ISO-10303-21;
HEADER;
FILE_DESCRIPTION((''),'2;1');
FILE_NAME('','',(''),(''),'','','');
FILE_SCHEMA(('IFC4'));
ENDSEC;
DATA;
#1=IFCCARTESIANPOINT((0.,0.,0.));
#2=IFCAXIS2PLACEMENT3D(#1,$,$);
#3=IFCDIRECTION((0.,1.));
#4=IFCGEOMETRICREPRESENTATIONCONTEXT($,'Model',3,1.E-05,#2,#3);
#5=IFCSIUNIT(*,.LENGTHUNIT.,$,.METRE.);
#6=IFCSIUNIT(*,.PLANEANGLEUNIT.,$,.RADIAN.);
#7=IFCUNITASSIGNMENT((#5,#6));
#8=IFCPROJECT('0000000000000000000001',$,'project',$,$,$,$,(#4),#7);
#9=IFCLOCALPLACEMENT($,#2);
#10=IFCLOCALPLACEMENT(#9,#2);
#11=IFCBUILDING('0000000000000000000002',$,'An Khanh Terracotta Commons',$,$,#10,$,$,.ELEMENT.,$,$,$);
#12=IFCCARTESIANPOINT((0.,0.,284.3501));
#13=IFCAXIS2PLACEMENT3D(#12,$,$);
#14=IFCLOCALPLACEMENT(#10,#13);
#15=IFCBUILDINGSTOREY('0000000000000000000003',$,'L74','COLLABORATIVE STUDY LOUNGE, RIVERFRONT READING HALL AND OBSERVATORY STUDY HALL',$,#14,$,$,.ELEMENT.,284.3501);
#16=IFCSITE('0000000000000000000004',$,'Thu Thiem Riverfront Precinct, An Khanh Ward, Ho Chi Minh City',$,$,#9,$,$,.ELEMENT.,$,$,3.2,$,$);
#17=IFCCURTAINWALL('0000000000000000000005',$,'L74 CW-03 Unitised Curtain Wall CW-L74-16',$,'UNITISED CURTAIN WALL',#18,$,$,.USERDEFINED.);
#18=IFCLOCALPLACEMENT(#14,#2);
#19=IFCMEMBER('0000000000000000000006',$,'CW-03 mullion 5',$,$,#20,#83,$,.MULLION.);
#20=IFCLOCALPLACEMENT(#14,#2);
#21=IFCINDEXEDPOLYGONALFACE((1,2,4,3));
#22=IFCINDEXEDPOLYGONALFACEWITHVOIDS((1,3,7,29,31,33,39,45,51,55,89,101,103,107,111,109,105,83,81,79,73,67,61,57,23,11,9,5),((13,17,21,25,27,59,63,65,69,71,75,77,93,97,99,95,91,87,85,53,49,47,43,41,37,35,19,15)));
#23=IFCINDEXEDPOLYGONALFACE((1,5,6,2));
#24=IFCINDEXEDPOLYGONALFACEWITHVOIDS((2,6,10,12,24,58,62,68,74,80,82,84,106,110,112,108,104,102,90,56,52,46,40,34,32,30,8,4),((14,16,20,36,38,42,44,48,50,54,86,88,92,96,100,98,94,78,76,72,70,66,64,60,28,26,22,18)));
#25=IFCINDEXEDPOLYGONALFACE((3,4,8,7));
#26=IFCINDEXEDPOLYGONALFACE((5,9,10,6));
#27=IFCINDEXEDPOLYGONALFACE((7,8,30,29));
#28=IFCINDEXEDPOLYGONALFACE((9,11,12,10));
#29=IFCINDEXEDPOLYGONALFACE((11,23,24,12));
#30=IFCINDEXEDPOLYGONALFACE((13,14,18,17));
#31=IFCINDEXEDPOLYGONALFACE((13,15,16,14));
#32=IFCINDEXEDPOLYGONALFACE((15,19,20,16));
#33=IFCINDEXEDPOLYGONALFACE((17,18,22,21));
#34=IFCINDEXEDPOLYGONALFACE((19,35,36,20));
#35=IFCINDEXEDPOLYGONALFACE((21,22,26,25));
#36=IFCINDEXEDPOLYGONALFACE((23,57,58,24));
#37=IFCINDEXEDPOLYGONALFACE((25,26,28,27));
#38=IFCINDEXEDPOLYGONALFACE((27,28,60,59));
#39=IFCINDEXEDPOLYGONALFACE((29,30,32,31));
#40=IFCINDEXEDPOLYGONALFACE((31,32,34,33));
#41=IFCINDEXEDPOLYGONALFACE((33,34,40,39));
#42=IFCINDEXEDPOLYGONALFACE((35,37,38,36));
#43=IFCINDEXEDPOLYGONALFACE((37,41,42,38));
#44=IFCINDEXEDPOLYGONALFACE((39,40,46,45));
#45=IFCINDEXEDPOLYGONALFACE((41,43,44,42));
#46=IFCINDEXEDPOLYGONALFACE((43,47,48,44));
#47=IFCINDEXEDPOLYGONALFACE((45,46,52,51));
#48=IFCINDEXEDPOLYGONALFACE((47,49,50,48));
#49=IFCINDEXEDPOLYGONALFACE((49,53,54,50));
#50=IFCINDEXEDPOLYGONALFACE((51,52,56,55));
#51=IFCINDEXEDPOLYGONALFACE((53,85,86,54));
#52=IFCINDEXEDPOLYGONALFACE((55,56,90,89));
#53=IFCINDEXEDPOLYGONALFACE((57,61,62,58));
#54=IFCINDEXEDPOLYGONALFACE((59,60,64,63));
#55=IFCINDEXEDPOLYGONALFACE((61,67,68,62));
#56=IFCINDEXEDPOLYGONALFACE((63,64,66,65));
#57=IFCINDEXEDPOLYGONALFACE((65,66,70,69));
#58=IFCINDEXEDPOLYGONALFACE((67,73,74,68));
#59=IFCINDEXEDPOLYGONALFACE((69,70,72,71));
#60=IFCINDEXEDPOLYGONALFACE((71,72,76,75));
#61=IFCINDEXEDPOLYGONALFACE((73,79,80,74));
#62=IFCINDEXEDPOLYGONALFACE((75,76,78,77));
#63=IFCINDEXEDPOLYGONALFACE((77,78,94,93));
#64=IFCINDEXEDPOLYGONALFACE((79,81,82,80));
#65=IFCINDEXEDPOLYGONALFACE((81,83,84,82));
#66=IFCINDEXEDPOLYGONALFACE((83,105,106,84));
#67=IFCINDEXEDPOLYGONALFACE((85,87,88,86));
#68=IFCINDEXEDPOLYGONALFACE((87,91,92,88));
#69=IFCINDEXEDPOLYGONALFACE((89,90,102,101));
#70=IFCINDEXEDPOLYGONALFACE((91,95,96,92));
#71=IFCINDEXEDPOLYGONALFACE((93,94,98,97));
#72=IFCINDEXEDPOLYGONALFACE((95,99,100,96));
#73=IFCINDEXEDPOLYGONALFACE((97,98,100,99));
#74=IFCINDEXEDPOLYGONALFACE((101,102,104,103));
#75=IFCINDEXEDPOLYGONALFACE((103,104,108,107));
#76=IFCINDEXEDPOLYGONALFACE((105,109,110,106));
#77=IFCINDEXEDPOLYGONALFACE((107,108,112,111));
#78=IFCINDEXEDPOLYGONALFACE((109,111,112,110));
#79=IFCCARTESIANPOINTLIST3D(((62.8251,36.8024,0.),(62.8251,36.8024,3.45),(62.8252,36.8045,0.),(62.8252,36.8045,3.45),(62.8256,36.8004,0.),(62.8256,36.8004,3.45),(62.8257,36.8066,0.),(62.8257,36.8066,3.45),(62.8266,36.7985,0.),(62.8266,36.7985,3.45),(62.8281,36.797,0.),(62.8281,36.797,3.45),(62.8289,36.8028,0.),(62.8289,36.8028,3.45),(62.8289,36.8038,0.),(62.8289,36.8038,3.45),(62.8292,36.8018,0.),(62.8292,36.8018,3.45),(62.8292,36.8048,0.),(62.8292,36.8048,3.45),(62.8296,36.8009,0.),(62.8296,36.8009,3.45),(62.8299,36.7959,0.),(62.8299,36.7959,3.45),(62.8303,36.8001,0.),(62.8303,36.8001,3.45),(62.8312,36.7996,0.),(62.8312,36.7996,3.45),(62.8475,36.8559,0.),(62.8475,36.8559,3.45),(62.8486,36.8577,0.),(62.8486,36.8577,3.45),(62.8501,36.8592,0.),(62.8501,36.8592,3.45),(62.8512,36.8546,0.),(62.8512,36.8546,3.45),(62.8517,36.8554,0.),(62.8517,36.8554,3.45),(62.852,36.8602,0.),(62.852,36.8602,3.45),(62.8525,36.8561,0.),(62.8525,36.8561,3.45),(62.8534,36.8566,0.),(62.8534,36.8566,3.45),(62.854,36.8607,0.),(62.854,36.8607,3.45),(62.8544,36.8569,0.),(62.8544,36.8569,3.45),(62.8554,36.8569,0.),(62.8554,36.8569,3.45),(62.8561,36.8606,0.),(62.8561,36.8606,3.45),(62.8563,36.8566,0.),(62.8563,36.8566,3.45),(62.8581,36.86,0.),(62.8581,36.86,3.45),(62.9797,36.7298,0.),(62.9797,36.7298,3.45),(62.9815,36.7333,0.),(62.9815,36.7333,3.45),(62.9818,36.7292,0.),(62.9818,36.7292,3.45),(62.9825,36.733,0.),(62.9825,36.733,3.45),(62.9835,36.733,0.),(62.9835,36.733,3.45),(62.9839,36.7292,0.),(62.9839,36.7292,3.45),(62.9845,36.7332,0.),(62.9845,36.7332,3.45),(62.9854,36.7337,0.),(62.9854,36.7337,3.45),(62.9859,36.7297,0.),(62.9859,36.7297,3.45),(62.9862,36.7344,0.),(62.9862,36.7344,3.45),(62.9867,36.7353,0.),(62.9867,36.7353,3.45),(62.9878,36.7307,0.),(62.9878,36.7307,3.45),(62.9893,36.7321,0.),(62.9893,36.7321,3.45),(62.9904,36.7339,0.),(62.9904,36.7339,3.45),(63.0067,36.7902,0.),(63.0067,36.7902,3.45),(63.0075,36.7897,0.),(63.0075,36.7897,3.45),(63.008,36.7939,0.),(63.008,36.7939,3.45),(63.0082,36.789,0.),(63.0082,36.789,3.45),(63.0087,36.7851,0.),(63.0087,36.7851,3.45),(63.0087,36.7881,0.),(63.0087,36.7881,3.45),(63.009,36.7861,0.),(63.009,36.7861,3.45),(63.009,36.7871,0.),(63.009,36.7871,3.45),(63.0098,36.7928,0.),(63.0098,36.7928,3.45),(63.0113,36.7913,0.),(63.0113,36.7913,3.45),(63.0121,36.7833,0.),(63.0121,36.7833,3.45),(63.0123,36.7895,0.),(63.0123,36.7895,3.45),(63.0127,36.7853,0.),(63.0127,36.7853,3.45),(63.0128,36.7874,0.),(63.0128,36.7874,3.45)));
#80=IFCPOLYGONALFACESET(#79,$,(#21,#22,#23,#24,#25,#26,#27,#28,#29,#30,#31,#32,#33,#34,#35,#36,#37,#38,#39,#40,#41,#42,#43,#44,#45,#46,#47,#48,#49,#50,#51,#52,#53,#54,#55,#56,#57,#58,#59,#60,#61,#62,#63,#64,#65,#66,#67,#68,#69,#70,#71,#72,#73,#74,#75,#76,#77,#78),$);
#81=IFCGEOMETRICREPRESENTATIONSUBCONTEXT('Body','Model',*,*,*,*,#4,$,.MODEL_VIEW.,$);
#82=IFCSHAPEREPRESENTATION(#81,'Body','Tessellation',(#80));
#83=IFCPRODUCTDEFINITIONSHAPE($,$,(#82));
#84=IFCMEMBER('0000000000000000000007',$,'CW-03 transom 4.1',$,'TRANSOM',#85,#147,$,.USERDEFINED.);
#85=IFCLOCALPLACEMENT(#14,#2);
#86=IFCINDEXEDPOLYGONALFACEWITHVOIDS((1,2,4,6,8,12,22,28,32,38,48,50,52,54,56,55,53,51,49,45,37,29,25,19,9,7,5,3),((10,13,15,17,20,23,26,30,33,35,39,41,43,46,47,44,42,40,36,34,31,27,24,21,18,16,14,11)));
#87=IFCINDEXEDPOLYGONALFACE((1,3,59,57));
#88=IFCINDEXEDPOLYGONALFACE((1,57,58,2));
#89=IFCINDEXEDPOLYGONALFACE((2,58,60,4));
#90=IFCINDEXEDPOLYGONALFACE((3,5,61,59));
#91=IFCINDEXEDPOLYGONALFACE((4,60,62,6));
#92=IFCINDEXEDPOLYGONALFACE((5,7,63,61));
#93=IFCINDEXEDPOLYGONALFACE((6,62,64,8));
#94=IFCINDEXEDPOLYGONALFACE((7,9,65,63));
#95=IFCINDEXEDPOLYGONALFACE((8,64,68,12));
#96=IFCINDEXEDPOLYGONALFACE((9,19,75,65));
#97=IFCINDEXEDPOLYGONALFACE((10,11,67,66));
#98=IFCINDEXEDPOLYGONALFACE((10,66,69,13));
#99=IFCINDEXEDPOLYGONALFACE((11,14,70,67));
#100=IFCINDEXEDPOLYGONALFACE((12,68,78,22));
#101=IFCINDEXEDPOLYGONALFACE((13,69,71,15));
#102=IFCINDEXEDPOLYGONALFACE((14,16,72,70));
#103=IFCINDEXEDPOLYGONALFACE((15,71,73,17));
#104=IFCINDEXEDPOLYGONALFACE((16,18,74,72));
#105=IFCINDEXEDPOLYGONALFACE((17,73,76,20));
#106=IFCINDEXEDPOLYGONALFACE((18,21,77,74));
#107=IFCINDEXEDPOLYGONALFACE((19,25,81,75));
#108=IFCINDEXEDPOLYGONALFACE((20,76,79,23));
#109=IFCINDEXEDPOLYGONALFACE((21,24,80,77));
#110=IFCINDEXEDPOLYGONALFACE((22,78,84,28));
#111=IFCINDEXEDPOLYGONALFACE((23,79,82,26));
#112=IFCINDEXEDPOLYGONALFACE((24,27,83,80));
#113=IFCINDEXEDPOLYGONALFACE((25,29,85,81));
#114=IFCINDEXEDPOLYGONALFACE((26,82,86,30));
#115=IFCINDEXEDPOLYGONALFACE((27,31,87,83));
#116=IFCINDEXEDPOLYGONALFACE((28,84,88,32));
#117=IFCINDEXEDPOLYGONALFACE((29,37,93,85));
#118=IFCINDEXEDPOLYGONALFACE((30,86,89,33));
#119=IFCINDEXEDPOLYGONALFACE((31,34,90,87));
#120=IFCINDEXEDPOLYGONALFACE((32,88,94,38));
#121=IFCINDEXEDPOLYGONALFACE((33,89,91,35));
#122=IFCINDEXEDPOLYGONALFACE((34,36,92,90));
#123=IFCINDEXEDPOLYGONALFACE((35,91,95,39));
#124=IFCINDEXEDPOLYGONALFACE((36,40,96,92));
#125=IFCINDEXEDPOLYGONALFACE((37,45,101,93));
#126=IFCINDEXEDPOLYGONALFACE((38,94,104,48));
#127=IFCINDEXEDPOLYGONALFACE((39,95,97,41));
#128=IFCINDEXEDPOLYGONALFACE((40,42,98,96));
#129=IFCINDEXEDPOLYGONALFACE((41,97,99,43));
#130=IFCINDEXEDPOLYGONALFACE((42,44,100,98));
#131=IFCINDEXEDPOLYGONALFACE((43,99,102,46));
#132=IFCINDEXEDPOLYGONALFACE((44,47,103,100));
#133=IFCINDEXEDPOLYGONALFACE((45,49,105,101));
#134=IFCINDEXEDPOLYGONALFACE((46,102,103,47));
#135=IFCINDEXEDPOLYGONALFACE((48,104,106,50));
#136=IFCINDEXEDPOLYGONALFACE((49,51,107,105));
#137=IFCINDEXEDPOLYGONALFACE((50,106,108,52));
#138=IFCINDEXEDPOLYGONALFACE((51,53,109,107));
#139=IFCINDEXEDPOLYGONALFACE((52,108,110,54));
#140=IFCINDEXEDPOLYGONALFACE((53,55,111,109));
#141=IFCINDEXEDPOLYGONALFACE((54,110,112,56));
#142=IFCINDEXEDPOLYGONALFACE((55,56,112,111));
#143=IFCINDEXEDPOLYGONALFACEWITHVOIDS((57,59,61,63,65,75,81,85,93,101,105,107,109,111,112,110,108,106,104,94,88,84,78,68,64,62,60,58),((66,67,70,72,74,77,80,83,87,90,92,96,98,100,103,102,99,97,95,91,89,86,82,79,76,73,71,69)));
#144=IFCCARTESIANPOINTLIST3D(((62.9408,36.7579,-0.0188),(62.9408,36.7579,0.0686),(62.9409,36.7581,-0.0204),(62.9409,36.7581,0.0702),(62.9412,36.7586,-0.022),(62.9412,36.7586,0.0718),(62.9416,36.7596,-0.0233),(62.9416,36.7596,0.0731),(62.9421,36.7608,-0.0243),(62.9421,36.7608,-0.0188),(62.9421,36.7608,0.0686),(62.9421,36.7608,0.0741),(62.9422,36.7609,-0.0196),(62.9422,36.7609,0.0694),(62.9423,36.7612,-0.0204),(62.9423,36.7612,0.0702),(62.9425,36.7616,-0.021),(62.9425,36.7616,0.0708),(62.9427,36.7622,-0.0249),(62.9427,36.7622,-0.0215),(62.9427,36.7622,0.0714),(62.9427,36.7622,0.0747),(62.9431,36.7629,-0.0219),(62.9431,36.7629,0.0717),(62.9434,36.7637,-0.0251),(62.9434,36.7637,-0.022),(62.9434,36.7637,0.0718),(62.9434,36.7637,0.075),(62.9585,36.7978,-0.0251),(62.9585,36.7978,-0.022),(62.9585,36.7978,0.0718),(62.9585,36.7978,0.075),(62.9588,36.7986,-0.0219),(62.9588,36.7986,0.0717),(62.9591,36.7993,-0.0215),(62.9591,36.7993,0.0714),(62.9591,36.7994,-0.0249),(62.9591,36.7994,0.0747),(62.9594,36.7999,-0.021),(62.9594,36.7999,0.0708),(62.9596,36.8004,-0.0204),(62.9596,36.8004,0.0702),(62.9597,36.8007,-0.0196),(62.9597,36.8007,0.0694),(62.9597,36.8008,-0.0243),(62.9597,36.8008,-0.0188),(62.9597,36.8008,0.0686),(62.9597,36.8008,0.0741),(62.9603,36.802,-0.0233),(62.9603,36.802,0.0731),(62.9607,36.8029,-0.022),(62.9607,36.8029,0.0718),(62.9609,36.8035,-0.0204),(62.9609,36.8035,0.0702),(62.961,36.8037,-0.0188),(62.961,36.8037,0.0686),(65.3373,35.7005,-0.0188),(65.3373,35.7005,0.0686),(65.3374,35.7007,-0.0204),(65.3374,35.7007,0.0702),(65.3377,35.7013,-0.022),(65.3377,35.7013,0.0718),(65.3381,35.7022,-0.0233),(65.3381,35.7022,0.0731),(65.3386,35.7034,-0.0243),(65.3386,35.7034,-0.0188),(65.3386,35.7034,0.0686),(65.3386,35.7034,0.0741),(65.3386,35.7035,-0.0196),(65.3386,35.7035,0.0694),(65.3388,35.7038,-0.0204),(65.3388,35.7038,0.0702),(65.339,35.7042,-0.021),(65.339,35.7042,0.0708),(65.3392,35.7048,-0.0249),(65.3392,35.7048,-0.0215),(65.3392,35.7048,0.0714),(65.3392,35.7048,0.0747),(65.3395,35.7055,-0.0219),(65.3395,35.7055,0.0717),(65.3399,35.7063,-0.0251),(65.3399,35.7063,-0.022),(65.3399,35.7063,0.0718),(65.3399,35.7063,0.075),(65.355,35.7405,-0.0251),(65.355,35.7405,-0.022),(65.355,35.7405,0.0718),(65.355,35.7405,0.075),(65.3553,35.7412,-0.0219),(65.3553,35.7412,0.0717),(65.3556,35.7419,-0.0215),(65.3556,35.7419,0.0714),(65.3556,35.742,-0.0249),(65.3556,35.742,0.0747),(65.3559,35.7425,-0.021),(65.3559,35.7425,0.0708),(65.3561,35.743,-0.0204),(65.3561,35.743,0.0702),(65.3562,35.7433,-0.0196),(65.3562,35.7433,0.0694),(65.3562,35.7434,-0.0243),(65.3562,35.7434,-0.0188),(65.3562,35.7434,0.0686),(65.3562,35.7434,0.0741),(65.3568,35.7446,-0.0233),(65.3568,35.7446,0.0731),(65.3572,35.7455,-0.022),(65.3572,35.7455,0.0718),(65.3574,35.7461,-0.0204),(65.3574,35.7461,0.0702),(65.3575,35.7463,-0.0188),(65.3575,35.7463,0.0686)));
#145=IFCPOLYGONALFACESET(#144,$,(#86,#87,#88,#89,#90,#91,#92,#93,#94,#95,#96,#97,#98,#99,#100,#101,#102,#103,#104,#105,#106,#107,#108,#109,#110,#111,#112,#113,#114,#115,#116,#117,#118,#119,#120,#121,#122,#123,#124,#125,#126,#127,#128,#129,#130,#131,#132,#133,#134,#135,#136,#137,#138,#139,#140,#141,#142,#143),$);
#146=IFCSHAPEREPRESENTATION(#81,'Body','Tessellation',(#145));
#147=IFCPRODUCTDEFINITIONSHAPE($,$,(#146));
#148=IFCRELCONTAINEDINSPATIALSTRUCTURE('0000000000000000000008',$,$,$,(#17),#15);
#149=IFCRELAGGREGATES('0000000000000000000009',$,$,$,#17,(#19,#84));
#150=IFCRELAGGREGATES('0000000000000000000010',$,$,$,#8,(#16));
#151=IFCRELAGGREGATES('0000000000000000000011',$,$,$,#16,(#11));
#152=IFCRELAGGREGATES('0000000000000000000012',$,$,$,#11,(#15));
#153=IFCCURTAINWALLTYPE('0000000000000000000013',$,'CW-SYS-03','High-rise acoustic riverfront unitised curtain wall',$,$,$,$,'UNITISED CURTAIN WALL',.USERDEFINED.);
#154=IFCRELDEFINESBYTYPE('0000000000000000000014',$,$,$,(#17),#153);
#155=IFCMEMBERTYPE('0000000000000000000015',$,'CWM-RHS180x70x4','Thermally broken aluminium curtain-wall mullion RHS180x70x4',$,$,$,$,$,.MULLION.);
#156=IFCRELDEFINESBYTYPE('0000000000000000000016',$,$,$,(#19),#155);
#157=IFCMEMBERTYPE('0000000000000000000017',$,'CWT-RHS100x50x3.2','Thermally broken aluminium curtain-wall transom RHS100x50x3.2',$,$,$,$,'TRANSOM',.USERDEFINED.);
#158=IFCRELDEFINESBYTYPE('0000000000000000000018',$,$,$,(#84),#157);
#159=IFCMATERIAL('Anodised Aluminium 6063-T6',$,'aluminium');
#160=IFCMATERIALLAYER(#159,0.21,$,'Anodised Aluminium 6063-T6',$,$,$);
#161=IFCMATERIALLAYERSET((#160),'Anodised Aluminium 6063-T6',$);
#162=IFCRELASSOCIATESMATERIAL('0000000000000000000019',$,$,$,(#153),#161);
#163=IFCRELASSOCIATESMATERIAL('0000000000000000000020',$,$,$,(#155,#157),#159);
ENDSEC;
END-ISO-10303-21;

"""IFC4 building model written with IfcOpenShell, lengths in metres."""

from ifc_helpers import new_model, si_unit, direction, frame, origin, origin_2d, place, context, subcontext, project, spatial, hollow_rectangle, extrude, material, layer, layer_set, material_profile, profile_set, type_object, element, aggregate, save


model = new_model("IFC4")

# Units and contexts
model_context = context("Model", 3, precision=1e-05, world=origin(), true_north=direction((0.0, 1.0)))
body_context = subcontext(model_context, "Body", "Model", "MODEL_VIEW")
ifc_project = project(units=[si_unit("LENGTHUNIT", "METRE"), si_unit("PLANEANGLEUNIT", "RADIAN")], contexts=[model_context])

# Site, building, storey
site_placement = place(None, origin())
site = spatial("IfcSite", under=ifc_project, at=site_placement, Name="Thu Thiem Riverfront Precinct, An Khanh Ward, Ho Chi Minh City", CompositionType="ELEMENT", RefElevation=3.2)
building_placement = place(site_placement, origin())
building = spatial("IfcBuilding", under=site, at=building_placement, Name="An Khanh Terracotta Commons", CompositionType="ELEMENT")
storey_placement = place(building_placement, frame((0.0, 0.0, 284.3501)))
storey = spatial("IfcBuildingStorey", under=building, at=storey_placement, Name="L74", Description="COLLABORATIVE STUDY LOUNGE, RIVERFRONT READING HALL AND OBSERVATORY STUDY HALL", CompositionType="ELEMENT", Elevation=284.3501)

# Curtain wall, members
ifc_material_1 = material(Name="Anodised Aluminium 6063-T6", Category="aluminium")
ifc_layer_1 = layer(ifc_material_1, 0.21, Name="Anodised Aluminium 6063-T6")
ifc_layer_set_1 = layer_set([ifc_layer_1], Name="Anodised Aluminium 6063-T6")
curtain_wall_type = type_object("IfcCurtainWallType", Name="CW-SYS-03", Description="High-rise acoustic riverfront unitised curtain wall", ElementType="UNITISED CURTAIN WALL", PredefinedType="USERDEFINED", material=ifc_layer_set_1)
curtain_wall_placement = place(storey_placement, origin())
curtain_wall = element("IfcCurtainWall", 1, at=curtain_wall_placement, inside=storey, type_object=curtain_wall_type, Name="L74 CW-03 Unitised Curtain Wall CW-L74-16", ObjectType="UNITISED CURTAIN WALL", PredefinedType="USERDEFINED")
ifc_material_profile_1 = material_profile(ifc_material_1, hollow_rectangle(XDim=0.0701, YDim=0.1799, WallThickness=0.0039, InnerFilletRadius=0.0039, OuterFilletRadius=0.0081, at=origin_2d()), Name="RHS180x70x4")
ifc_profile_set_1 = profile_set([ifc_material_profile_1], Name="Anodised Aluminium 6063-T6")
member_type_1 = type_object("IfcMemberType", Name="CWM-RHS180x70x4", Description="Thermally broken aluminium curtain-wall mullion RHS180x70x4", PredefinedType="MULLION", material=ifc_profile_set_1)
member_1_placement = place(storey_placement, frame((62.9189, 36.7949, 0.0), z_axis=(0.0, 0.0, 1.0), x_axis=(-0.403676, -0.914902, 0.0)))
member_1 = element("IfcMember", 2, at=member_1_placement, type_object=member_type_1, Name="CW-03 mullion 5", PredefinedType="MULLION", context=body_context, shape_type="SweptSolid", body=[
    extrude(hollow_rectangle(XDim=0.0701, YDim=0.1799, WallThickness=0.0039, InnerFilletRadius=0.0039, OuterFilletRadius=0.0081, at=origin_2d()), origin(), (0.0, 0.0, 1.0), 3.45),
])
ifc_material_profile_2 = material_profile(ifc_material_1, hollow_rectangle(XDim=0.05, YDim=0.1001, WallThickness=0.0032, InnerFilletRadius=0.0032, OuterFilletRadius=0.0063, at=origin_2d()), Name="RHS100x50x3.2")
ifc_profile_set_2 = profile_set([ifc_material_profile_2], Name="Anodised Aluminium 6063-T6")
member_type_2 = type_object("IfcMemberType", Name="CWT-RHS100x50x3.2", Description="Thermally broken aluminium curtain-wall transom RHS100x50x3.2", ElementType="TRANSOM", PredefinedType="USERDEFINED", material=ifc_profile_set_2)
member_2_placement = place(storey_placement, frame((65.3474, 35.7234, 0.0249), z_axis=(-0.914904, 0.403672, 0.0), x_axis=(-0.403672, -0.914904, 0.0)))
member_2 = element("IfcMember", 3, at=member_2_placement, type_object=member_type_2, Name="CW-03 transom 4.1", ObjectType="TRANSOM", PredefinedType="USERDEFINED", context=body_context, shape_type="SweptSolid", body=[
    extrude(hollow_rectangle(XDim=0.05, YDim=0.1001, WallThickness=0.0032, InnerFilletRadius=0.0032, OuterFilletRadius=0.0063, at=origin_2d()), origin(), (0.0, 0.0, 1.0), 2.6194),
])
aggregate(curtain_wall, [member_1, member_2])

save(model, "model.ifc")
